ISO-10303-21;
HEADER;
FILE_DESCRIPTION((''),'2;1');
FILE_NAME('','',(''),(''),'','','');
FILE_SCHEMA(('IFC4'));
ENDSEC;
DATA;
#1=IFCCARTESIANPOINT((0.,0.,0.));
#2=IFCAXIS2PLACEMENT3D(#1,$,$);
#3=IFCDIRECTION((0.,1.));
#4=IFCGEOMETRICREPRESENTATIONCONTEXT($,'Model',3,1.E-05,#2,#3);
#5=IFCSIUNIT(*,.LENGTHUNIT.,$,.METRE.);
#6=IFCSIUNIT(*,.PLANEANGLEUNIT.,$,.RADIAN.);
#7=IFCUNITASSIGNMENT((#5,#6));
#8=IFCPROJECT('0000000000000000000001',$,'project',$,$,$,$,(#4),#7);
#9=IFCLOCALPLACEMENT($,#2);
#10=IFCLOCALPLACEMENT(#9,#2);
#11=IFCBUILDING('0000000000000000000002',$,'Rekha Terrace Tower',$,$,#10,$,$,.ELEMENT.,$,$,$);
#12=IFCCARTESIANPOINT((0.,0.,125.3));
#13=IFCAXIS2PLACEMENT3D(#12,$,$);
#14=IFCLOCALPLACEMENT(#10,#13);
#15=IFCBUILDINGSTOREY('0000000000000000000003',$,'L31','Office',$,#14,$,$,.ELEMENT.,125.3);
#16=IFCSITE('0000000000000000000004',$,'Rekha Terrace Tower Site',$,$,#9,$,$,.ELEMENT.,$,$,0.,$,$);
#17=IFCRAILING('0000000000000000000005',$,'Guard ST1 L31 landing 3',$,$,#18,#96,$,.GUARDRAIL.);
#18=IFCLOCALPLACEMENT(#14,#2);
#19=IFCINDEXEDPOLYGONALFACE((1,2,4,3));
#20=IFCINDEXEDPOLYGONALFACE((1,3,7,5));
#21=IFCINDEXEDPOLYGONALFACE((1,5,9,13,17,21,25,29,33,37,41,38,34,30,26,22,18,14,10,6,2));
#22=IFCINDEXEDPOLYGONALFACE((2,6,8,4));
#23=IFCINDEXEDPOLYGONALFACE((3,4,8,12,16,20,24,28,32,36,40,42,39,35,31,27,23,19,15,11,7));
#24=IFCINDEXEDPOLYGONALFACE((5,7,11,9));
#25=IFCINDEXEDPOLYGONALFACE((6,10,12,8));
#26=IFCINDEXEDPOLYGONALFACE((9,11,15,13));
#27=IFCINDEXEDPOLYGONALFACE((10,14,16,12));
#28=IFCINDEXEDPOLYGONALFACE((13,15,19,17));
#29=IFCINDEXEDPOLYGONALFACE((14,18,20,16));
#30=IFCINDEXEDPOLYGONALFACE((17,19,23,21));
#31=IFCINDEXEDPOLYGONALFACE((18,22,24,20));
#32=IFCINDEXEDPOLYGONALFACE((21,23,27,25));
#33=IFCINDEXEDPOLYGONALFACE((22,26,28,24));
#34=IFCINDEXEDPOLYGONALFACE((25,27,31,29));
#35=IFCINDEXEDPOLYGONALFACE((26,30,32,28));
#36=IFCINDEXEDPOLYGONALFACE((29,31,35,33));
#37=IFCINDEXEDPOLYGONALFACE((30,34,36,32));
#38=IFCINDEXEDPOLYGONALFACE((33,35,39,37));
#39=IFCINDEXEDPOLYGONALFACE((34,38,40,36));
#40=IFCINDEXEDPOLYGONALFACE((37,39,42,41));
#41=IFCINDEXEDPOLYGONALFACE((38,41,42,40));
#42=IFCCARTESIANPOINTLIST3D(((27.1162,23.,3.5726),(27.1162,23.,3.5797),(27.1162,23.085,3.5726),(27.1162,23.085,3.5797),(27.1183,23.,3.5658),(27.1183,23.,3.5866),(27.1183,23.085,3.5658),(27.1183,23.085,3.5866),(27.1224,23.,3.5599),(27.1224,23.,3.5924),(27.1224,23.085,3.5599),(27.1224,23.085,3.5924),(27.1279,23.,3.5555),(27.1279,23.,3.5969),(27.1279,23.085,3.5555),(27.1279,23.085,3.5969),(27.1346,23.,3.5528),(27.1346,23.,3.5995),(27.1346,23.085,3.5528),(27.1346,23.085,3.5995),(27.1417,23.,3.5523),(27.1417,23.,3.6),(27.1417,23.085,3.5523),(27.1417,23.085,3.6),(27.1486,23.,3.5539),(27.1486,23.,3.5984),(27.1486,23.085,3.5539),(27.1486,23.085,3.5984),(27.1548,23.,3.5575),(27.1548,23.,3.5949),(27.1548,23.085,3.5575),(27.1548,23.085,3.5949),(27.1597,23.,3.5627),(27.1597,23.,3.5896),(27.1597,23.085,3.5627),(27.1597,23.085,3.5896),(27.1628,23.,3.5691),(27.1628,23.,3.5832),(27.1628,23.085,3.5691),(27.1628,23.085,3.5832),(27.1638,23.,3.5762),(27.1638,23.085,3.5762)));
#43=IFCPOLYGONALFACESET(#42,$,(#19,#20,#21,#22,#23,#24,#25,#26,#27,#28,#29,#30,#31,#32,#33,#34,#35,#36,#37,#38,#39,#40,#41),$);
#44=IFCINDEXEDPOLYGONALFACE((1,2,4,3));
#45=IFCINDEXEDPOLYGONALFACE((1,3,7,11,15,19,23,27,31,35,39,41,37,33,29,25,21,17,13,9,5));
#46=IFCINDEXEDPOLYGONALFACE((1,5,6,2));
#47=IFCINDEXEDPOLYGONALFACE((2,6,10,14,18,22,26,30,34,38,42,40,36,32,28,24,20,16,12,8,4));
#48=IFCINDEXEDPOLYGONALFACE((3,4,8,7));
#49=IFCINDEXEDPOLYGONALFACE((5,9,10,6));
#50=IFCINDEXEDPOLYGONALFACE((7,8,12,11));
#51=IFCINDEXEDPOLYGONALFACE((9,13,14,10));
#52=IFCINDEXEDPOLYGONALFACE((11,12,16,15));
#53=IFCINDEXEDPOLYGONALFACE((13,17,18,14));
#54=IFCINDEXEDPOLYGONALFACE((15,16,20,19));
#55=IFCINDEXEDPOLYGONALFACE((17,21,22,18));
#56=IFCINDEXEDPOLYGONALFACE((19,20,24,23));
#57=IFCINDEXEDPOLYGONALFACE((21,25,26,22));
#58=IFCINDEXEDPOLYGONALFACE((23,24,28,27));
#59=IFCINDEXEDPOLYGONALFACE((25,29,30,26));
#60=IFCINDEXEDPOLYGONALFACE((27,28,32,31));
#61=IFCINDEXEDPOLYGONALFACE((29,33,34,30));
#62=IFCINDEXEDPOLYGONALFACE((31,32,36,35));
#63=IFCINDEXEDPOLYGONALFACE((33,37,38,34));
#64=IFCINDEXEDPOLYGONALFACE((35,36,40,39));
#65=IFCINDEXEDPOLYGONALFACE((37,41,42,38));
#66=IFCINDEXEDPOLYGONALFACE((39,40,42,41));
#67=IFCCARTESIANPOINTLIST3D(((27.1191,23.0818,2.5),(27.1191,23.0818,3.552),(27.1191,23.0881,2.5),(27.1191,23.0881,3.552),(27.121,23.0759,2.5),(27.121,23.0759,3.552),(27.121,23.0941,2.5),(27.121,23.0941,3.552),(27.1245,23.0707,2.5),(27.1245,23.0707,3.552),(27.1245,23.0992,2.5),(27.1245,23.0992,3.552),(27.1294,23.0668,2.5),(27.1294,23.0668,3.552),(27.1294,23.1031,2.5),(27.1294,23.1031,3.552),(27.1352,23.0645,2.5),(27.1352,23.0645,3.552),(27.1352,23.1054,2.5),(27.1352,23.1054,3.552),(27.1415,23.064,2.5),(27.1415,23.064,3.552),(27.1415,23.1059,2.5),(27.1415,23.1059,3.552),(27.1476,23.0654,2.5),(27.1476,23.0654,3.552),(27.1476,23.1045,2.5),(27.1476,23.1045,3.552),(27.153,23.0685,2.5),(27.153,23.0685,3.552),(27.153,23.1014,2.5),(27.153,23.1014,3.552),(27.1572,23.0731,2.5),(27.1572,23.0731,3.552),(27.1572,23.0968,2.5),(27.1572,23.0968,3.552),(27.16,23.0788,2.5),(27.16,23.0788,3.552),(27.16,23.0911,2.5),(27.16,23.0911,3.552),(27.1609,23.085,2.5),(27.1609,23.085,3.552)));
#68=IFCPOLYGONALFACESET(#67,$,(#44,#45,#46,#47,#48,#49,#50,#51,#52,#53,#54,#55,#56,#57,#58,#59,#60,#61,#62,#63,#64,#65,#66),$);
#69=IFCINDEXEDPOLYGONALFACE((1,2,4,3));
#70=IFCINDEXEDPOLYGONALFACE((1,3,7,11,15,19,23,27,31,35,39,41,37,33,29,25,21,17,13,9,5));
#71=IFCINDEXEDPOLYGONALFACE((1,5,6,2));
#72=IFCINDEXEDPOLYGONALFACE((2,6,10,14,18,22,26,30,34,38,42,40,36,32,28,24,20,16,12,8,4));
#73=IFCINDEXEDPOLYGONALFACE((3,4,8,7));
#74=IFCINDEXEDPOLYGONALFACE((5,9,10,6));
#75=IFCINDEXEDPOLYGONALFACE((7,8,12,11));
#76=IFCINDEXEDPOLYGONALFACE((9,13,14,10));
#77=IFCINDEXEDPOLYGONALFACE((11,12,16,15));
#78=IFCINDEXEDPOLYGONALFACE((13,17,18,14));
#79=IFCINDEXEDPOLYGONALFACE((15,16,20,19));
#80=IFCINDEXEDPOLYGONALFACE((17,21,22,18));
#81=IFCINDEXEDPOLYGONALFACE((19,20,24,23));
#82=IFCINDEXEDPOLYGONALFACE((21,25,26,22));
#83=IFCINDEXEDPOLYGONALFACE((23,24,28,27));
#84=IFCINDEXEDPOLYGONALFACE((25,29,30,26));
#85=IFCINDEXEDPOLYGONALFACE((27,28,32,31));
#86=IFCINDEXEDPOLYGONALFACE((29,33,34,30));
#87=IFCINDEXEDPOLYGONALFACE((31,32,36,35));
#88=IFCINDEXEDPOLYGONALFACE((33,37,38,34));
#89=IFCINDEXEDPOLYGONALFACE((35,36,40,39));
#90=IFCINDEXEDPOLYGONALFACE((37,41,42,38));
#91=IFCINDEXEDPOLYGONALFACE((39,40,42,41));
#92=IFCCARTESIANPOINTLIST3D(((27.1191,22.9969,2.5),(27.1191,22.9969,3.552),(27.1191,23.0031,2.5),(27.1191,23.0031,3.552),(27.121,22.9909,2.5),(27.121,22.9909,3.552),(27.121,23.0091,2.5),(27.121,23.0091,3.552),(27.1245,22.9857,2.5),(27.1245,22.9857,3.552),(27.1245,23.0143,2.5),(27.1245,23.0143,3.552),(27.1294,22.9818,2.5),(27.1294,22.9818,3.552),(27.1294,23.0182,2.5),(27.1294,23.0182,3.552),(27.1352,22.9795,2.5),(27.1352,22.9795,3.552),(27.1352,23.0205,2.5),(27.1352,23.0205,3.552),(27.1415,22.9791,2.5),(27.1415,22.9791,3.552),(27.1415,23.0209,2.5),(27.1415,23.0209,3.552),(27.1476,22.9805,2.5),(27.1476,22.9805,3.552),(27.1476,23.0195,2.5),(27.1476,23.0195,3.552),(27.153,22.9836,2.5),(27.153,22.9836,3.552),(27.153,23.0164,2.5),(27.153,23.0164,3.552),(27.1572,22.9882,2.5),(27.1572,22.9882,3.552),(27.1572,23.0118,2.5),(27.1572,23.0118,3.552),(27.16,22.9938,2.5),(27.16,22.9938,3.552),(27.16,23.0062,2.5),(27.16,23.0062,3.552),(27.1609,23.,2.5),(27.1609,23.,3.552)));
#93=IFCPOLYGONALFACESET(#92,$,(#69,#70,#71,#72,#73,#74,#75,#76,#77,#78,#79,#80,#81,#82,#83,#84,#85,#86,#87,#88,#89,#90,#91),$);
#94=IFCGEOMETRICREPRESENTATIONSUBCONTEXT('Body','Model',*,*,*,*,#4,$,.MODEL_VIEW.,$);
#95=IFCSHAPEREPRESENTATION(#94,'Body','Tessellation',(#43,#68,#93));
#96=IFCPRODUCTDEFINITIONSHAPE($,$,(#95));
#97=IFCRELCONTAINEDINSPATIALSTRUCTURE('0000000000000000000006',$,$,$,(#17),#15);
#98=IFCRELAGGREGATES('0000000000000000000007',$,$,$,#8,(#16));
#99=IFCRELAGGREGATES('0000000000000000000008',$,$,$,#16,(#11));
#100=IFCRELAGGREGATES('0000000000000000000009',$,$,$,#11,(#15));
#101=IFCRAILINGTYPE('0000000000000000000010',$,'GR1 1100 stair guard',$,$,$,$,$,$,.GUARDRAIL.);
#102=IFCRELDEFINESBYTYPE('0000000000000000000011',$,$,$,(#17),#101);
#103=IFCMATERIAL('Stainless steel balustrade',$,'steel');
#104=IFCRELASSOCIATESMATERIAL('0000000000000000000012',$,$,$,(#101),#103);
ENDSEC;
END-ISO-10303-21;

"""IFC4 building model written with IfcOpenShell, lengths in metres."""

from ifc_helpers import new_model, si_unit, direction, frame, origin, origin_2d, place, context, subcontext, project, spatial, circle, extrude, material, type_object, element, save


model = new_model("IFC4")

# Units and contexts
model_context = context("Model", 3, precision=1e-05, world=origin(), true_north=direction((0.0, 1.0)))
body_context = subcontext(model_context, "Body", "Model", "MODEL_VIEW")
ifc_project = project(units=[si_unit("LENGTHUNIT", "METRE"), si_unit("PLANEANGLEUNIT", "RADIAN")], contexts=[model_context])

# Site, building, storey
site_placement = place(None, origin())
site = spatial("IfcSite", under=ifc_project, at=site_placement, Name="Rekha Terrace Tower Site", CompositionType="ELEMENT", RefElevation=0.0)
building_placement = place(site_placement, origin())
building = spatial("IfcBuilding", under=site, at=building_placement, Name="Rekha Terrace Tower", CompositionType="ELEMENT")
storey_placement = place(building_placement, frame((0.0, 0.0, 125.3)))
storey = spatial("IfcBuildingStorey", under=building, at=storey_placement, Name="L31", Description="Office", CompositionType="ELEMENT", Elevation=125.3)

# Railing
ifc_material_1 = material(Name="Stainless steel balustrade", Category="steel")
railing_type_1 = type_object("IfcRailingType", Name="GR1 1100 stair guard", PredefinedType="GUARDRAIL", material=ifc_material_1)
railing_1_placement = place(storey_placement, frame((27.1399, 23.085, 2.5)))
element("IfcRailing", 1, at=railing_1_placement, inside=storey, type_object=railing_type_1, Name="Guard ST1 L31 landing 3", PredefinedType="GUARDRAIL", context=body_context, shape_type="SweptSolid", body=[
    extrude(circle(Radius=0.0239, at=origin_2d()), frame((0.0, 0.0, 1.0762), z_axis=(0.0, -1.0, 0.0), x_axis=(1.0, 0.0, 0.0)), (0.0, 0.0, 1.0), 0.085),
    extrude(circle(Radius=0.021, at=origin_2d()), origin(), (0.0, 0.0, 1.0), 1.052),
    extrude(circle(Radius=0.021, at=origin_2d()), frame((0.0, -0.085, 0.0)), (0.0, 0.0, 1.0), 1.052),
])

save(model, "model.ifc")
